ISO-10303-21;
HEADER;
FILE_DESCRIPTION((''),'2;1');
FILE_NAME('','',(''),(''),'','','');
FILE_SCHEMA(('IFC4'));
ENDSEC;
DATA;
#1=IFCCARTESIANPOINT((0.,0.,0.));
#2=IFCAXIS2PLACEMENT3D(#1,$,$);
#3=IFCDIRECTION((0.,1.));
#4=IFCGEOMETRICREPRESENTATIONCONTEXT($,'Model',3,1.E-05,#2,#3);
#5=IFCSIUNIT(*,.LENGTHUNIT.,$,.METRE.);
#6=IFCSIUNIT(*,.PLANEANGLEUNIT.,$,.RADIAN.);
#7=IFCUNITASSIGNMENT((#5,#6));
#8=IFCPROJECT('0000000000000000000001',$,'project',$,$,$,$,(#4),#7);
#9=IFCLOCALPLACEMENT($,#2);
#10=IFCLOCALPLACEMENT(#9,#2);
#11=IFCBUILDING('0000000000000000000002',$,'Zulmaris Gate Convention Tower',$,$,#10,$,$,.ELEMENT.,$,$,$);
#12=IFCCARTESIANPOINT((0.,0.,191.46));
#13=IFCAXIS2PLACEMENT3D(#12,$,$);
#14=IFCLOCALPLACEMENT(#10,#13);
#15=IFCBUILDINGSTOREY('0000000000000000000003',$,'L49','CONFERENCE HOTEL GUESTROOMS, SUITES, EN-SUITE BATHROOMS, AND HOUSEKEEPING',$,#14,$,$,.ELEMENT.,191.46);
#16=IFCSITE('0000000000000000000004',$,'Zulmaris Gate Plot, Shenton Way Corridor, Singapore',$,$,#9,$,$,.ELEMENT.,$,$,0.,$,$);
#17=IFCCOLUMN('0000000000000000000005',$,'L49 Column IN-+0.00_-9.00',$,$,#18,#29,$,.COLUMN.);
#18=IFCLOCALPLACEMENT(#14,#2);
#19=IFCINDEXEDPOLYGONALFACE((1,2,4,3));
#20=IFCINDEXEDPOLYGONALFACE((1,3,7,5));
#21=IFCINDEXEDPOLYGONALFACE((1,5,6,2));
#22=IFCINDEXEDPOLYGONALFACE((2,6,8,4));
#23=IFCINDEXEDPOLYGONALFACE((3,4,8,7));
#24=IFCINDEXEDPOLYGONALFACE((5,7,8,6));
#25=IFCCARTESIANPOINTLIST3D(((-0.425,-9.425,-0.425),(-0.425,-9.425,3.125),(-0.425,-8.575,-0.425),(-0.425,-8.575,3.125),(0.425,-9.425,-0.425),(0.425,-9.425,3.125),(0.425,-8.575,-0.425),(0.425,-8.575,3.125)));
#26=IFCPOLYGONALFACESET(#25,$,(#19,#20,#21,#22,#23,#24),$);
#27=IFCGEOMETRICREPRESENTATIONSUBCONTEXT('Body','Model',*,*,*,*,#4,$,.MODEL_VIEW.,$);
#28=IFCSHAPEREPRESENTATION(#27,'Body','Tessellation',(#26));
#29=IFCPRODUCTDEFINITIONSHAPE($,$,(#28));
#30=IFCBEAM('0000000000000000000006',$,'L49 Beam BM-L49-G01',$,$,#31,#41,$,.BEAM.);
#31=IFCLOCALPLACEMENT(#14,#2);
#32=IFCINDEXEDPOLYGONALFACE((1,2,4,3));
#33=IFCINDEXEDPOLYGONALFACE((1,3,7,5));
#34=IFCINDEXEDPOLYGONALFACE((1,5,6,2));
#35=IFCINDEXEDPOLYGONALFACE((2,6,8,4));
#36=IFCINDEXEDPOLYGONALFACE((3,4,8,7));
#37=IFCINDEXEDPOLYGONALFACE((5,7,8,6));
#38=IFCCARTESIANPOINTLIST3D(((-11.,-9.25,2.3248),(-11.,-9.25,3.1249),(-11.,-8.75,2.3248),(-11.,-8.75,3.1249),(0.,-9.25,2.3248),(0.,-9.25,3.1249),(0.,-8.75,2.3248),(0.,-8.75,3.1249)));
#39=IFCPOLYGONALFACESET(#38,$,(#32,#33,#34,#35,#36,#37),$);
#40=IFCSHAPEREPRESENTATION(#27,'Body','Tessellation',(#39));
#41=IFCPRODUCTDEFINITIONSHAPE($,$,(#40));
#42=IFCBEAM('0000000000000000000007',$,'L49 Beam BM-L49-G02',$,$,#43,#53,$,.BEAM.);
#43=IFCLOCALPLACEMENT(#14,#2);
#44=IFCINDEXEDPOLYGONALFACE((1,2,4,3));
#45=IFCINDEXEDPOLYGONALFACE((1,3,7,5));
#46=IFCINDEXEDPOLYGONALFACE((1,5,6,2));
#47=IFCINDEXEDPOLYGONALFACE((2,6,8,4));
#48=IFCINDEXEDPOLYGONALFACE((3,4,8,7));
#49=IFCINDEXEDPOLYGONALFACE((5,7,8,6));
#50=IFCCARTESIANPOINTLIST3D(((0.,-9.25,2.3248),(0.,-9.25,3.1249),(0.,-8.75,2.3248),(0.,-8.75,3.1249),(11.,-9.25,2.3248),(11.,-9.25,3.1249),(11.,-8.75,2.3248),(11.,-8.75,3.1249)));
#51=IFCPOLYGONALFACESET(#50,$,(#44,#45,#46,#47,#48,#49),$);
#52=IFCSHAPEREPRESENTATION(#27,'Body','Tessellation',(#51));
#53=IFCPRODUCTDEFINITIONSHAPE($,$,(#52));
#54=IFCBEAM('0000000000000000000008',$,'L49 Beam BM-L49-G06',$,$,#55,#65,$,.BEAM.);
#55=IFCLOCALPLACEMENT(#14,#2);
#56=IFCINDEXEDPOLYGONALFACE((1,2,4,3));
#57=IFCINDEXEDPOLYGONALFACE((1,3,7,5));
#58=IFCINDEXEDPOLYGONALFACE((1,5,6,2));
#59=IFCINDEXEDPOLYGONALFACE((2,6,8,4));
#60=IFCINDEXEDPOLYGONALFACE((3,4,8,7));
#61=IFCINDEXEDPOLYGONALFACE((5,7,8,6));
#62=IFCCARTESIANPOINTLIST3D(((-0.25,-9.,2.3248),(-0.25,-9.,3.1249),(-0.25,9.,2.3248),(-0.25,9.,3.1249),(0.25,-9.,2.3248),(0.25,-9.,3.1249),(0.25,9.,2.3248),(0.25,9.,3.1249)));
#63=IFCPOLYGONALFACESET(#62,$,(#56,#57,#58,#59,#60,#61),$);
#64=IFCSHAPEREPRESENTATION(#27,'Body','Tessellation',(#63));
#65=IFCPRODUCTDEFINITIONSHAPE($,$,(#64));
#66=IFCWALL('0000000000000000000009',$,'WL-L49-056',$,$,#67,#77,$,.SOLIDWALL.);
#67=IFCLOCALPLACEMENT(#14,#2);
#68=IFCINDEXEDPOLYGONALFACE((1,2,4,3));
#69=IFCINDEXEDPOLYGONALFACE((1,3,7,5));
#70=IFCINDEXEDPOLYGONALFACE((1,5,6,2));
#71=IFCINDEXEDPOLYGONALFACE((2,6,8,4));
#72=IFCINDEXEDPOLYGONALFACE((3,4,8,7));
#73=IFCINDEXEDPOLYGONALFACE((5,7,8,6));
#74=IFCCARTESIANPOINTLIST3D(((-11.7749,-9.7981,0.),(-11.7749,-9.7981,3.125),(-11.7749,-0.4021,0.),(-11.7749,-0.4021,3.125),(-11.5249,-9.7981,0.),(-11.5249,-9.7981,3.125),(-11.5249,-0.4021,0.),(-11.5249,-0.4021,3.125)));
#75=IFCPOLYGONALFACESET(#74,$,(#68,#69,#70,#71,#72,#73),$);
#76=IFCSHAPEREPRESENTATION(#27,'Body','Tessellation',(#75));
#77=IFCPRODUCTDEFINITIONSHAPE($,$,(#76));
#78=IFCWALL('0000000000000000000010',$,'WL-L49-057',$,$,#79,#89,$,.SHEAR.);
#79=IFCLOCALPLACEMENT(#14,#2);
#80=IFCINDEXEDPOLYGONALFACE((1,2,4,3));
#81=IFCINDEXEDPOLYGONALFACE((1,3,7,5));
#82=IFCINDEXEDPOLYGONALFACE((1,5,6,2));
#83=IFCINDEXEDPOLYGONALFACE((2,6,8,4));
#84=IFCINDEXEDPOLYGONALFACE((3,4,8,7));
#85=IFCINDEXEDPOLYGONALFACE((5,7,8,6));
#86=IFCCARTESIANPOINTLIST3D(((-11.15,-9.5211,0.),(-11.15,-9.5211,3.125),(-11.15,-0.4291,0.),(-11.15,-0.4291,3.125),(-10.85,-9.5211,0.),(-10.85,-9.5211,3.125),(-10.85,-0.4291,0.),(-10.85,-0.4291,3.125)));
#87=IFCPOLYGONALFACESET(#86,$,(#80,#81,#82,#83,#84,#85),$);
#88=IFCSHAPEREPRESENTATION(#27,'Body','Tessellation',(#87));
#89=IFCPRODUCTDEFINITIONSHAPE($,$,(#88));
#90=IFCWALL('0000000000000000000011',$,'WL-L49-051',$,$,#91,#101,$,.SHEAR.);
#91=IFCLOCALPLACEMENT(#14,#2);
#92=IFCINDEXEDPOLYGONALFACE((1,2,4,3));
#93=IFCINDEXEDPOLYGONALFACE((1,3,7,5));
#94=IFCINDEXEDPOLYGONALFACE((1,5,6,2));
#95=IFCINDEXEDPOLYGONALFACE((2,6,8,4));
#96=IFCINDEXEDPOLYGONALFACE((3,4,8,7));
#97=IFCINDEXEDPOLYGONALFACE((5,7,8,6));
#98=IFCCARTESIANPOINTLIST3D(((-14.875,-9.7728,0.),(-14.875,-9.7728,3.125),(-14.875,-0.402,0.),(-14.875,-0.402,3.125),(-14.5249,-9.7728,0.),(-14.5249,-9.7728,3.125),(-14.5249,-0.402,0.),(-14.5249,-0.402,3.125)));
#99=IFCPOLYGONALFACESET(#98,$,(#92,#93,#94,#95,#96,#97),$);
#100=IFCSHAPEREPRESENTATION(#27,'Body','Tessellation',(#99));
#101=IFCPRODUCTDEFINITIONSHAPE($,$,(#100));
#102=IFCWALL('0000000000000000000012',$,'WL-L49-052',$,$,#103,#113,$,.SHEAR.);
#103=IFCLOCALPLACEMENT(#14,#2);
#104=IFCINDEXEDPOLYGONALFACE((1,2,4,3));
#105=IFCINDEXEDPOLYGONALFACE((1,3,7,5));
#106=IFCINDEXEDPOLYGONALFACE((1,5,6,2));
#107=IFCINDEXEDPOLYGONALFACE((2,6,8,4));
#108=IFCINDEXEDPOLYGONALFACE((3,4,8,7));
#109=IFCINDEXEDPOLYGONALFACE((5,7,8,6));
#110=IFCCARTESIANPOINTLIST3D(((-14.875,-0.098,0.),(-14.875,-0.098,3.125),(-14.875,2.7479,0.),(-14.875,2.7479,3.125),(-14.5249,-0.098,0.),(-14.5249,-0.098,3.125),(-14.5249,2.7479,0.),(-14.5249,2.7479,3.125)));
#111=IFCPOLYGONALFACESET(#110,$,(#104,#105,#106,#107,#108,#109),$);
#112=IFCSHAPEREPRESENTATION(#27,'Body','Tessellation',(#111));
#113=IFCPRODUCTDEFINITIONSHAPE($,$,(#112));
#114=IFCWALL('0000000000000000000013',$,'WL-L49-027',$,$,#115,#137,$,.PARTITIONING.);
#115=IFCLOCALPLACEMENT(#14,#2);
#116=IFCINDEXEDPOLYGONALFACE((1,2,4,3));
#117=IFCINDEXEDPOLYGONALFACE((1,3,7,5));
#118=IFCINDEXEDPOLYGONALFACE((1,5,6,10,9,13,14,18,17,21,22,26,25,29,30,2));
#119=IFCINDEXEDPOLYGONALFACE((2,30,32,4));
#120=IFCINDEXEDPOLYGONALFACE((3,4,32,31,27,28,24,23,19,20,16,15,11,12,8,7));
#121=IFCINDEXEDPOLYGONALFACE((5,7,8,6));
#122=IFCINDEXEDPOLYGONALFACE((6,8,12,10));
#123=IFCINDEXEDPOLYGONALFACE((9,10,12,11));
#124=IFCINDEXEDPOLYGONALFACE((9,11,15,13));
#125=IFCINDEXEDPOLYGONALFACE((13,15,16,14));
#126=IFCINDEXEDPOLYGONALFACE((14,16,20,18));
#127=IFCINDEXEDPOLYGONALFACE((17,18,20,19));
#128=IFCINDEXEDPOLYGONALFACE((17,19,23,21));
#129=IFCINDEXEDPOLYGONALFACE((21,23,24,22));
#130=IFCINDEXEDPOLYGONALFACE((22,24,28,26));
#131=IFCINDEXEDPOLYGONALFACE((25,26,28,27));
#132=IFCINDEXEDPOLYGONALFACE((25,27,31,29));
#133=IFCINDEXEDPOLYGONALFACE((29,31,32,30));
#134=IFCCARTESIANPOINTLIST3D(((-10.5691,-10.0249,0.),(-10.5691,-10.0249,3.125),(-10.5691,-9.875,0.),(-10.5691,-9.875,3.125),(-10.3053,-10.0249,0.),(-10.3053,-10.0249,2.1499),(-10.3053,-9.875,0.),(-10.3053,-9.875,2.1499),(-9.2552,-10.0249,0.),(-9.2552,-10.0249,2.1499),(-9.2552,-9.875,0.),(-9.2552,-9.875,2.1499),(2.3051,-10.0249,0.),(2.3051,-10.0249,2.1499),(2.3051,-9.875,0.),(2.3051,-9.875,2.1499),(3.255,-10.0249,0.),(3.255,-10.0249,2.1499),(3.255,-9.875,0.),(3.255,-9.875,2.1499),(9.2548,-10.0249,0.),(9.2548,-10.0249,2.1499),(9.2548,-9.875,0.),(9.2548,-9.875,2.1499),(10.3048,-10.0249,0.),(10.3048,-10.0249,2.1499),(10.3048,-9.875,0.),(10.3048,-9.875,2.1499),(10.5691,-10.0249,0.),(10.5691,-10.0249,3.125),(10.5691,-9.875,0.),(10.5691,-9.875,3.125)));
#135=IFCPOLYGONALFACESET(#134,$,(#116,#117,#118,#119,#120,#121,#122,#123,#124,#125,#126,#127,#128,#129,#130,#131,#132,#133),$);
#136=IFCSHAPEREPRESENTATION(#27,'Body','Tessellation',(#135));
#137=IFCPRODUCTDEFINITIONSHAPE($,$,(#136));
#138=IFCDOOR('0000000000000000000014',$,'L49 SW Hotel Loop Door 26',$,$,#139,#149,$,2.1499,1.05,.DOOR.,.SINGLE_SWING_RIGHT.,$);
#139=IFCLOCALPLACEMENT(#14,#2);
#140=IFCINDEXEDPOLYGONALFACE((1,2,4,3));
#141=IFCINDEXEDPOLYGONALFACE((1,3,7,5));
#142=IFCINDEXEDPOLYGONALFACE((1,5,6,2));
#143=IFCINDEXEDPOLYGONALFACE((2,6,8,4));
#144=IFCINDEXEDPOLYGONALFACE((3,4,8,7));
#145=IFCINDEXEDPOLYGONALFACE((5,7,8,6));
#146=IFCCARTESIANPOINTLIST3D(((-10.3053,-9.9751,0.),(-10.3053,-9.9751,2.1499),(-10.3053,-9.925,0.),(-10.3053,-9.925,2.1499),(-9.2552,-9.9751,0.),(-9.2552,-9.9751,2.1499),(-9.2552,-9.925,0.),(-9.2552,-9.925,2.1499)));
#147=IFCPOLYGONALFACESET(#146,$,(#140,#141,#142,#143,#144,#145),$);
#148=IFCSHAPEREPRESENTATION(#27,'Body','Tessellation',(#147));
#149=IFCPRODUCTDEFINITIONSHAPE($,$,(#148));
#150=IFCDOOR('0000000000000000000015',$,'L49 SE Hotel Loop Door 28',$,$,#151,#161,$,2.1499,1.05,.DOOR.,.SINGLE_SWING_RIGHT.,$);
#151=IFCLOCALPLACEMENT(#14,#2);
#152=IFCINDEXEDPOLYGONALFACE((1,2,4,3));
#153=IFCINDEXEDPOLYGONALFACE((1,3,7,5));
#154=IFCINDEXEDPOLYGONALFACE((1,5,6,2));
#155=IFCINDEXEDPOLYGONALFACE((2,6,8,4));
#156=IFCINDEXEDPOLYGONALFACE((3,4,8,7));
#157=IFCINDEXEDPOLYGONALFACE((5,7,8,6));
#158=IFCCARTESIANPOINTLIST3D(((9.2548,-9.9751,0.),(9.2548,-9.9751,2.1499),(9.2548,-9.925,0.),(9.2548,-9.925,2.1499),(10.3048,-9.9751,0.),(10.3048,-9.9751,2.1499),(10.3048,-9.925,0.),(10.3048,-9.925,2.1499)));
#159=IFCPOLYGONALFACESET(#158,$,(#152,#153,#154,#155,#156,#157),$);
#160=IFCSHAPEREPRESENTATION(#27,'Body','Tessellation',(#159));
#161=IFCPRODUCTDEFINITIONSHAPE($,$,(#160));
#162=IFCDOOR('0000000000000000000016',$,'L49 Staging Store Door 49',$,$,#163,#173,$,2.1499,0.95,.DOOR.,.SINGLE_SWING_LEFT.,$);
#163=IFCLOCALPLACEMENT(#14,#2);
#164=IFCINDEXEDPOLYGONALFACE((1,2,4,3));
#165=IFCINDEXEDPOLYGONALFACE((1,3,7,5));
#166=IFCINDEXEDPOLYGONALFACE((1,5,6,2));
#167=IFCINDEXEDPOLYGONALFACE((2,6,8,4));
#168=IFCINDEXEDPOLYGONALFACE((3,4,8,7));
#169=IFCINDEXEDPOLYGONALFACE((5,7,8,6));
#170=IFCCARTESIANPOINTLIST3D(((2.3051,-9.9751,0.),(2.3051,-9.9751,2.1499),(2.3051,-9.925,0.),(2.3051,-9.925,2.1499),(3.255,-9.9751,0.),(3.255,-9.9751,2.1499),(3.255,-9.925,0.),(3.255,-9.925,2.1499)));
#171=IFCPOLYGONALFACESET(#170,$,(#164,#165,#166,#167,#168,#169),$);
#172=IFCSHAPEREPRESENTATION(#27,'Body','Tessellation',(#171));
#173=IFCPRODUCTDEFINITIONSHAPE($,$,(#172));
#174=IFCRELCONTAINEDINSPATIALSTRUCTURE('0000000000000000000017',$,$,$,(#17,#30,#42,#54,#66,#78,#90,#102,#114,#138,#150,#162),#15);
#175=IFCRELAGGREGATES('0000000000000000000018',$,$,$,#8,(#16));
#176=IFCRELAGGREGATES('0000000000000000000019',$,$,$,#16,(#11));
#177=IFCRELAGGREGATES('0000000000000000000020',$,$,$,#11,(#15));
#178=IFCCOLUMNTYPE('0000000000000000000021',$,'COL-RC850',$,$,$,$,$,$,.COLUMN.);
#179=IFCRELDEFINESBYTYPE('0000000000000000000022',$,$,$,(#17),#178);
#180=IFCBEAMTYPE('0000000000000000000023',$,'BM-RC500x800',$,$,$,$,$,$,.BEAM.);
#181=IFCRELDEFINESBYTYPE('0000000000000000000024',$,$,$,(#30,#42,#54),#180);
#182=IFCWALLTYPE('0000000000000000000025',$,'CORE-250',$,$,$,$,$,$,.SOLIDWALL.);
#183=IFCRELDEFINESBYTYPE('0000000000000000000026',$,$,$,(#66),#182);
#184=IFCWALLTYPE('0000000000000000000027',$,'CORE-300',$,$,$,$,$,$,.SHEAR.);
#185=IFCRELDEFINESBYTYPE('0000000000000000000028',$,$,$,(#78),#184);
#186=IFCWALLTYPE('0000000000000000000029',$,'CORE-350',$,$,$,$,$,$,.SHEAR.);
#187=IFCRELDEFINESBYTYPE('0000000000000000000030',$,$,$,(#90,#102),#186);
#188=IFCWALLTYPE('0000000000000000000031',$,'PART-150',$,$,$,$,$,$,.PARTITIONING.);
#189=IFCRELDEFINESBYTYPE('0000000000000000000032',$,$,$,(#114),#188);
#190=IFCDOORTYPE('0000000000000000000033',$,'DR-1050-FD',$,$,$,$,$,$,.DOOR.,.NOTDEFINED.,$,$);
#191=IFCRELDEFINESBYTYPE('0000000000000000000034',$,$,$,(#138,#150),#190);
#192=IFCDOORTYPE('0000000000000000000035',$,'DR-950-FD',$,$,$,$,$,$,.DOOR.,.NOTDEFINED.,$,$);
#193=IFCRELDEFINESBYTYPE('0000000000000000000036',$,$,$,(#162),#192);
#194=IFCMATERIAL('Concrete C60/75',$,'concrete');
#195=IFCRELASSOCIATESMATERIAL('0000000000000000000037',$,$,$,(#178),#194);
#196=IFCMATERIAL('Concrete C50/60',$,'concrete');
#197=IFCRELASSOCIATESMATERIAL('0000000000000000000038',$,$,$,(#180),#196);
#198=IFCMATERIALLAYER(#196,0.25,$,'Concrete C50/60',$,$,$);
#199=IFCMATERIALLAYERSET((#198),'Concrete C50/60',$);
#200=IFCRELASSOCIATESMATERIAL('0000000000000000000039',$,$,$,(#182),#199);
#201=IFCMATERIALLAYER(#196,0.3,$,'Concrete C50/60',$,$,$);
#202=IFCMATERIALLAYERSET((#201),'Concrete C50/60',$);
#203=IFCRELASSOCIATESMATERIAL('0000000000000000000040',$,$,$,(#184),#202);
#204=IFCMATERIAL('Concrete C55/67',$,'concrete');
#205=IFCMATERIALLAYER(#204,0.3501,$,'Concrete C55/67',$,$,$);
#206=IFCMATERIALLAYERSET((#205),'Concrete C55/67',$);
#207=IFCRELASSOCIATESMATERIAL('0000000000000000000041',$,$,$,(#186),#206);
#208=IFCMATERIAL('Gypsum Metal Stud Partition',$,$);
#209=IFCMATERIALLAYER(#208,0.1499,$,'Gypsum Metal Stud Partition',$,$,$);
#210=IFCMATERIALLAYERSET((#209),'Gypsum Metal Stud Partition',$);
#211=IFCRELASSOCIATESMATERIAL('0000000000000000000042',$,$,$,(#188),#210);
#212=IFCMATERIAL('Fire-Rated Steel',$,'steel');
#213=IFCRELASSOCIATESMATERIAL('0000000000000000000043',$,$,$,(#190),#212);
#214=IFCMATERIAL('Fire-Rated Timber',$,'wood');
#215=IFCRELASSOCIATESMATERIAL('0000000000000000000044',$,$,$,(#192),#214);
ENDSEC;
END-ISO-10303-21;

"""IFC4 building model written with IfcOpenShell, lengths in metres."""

from ifc_helpers import new_model, si_unit, direction, frame, frame_2d, origin, origin_2d, place, context, subcontext, project, spatial, rectangle, extrude, material, layer, layer_set, material_profile, profile_set, type_object, element, fill, save


model = new_model("IFC4")

# Units and contexts
model_context = context("Model", 3, precision=1e-05, world=origin(), true_north=direction((0.0, 1.0)))
body_context = subcontext(model_context, "Body", "Model", "MODEL_VIEW")
ifc_project = project(units=[si_unit("LENGTHUNIT", "METRE"), si_unit("PLANEANGLEUNIT", "RADIAN")], contexts=[model_context])

# Site, building, storey
site_placement = place(None, origin())
site = spatial("IfcSite", under=ifc_project, at=site_placement, Name="Zulmaris Gate Plot, Shenton Way Corridor, Singapore", CompositionType="ELEMENT", RefElevation=0.0)
building_placement = place(site_placement, origin())
building = spatial("IfcBuilding", under=site, at=building_placement, Name="Zulmaris Gate Convention Tower", CompositionType="ELEMENT")
storey_placement = place(building_placement, frame((0.0, 0.0, 191.46)))
storey = spatial("IfcBuildingStorey", under=building, at=storey_placement, Name="L49", Description="CONFERENCE HOTEL GUESTROOMS, SUITES, EN-SUITE BATHROOMS, AND HOUSEKEEPING", CompositionType="ELEMENT", Elevation=191.46)

# Column
ifc_material_1 = material(Name="Concrete C60/75", Category="concrete")
ifc_material_profile_1 = material_profile(ifc_material_1, rectangle(XDim=0.8501, YDim=0.8501, at=origin_2d()), Name="RC COL 850x850")
ifc_profile_set_1 = profile_set([ifc_material_profile_1], Name="Concrete C60/75")
column_type = type_object("IfcColumnType", Name="COL-RC850", PredefinedType="COLUMN", material=ifc_profile_set_1)
column_placement = place(storey_placement, frame((0.0, -9.0, -0.425), z_axis=(0.0, 0.0, 1.0), x_axis=(1.0, 0.0, 0.0)))
element("IfcColumn", 1, at=column_placement, inside=storey, type_object=column_type, Name="L49 Column IN-+0.00_-9.00", PredefinedType="COLUMN", context=body_context, shape_type="SweptSolid", body=[
    extrude(rectangle(XDim=0.8501, YDim=0.8501, at=origin_2d()), origin(), (0.0, 0.0, 1.0), 3.55),
])

# Beams
ifc_material_2 = material(Name="Concrete C50/60", Category="concrete")
ifc_material_profile_2 = material_profile(ifc_material_2, rectangle(XDim=0.5, YDim=0.8, at=origin_2d()), Name="RC BEAM 500x800")
ifc_profile_set_2 = profile_set([ifc_material_profile_2], Name="Concrete C50/60")
beam_type = type_object("IfcBeamType", Name="BM-RC500x800", PredefinedType="BEAM", material=ifc_profile_set_2)
for number, where, z_axis, x_axis, name in (
    (2, (-11.0, -9.0, 2.7249), (1.0, 0.0, 0.0), (0.0, 1.0, 0.0), "L49 Beam BM-L49-G01"),
    (3, (0.0, -9.0, 2.7249), (1.0, 0.0, 0.0), (0.0, 1.0, 0.0), "L49 Beam BM-L49-G02"),
):
    element("IfcBeam", number, at=place(storey_placement, frame(where, z_axis=z_axis, x_axis=x_axis)), inside=storey, type_object=beam_type, Name=name, PredefinedType="BEAM", context=body_context, shape_type="SweptSolid", body=[
        extrude(rectangle(XDim=0.5, YDim=0.8, at=origin_2d()), origin(), (0.0, 0.0, 1.0), 11.0),
    ])
beam_placement = place(storey_placement, frame((0.0, -9.0, 2.7249), z_axis=(0.0, 1.0, 0.0), x_axis=(-1.0, 0.0, 0.0)))
element("IfcBeam", 4, at=beam_placement, inside=storey, type_object=beam_type, Name="L49 Beam BM-L49-G06", PredefinedType="BEAM", context=body_context, shape_type="SweptSolid", body=[
    extrude(rectangle(XDim=0.5, YDim=0.8, at=origin_2d()), origin(), (0.0, 0.0, 1.0), 18.0),
])

# Walls
ifc_layer_1 = layer(ifc_material_2, 0.25, Name="Concrete C50/60")
ifc_layer_set_1 = layer_set([ifc_layer_1], Name="Concrete C50/60")
wall_type_1 = type_object("IfcWallType", Name="CORE-250", PredefinedType="SOLIDWALL", material=ifc_layer_set_1)
wall_1_placement = place(storey_placement, frame((-11.6499, -9.7981, 0.0), z_axis=(0.0, 0.0, 1.0), x_axis=(0.0, 1.0, 0.0)))
element("IfcWall", 5, at=wall_1_placement, inside=storey, type_object=wall_type_1, Name="WL-L49-056", PredefinedType="SOLIDWALL", context=body_context, shape_type="SweptSolid", body=[
    extrude(rectangle(XDim=9.396, YDim=0.25, at=frame_2d((4.698, 0.0))), origin(), (0.0, 0.0, 1.0), 3.125),
])
ifc_layer_2 = layer(ifc_material_2, 0.3, Name="Concrete C50/60")
ifc_layer_set_2 = layer_set([ifc_layer_2], Name="Concrete C50/60")
wall_type_2 = type_object("IfcWallType", Name="CORE-300", PredefinedType="SHEAR", material=ifc_layer_set_2)
wall_2_placement = place(storey_placement, frame((-11.0, -9.521, 0.0), z_axis=(0.0, 0.0, 1.0), x_axis=(0.0, 1.0, 0.0)))
element("IfcWall", 6, at=wall_2_placement, inside=storey, type_object=wall_type_2, Name="WL-L49-057", PredefinedType="SHEAR", context=body_context, shape_type="SweptSolid", body=[
    extrude(rectangle(XDim=9.092, YDim=0.3, at=frame_2d((4.5459, 0.0))), origin(), (0.0, 0.0, 1.0), 3.125),
])
ifc_material_3 = material(Name="Concrete C55/67", Category="concrete")
ifc_layer_3 = layer(ifc_material_3, 0.3501, Name="Concrete C55/67")
ifc_layer_set_3 = layer_set([ifc_layer_3], Name="Concrete C55/67")
wall_type_3 = type_object("IfcWallType", Name="CORE-350", PredefinedType="SHEAR", material=ifc_layer_set_3)
wall_3_placement = place(storey_placement, frame((-14.7, -9.7729, 0.0), z_axis=(0.0, 0.0, 1.0), x_axis=(0.0, 1.0, 0.0)))
element("IfcWall", 7, at=wall_3_placement, inside=storey, type_object=wall_type_3, Name="WL-L49-051", PredefinedType="SHEAR", context=body_context, shape_type="SweptSolid", body=[
    extrude(rectangle(XDim=9.3708, YDim=0.3501, at=frame_2d((4.6855, 0.0))), origin(), (0.0, 0.0, 1.0), 3.125),
])
wall_4_placement = place(storey_placement, frame((-14.7, -0.0979, 0.0), z_axis=(0.0, 0.0, 1.0), x_axis=(0.0, 1.0, 0.0)))
element("IfcWall", 8, at=wall_4_placement, inside=storey, type_object=wall_type_3, Name="WL-L49-052", PredefinedType="SHEAR", context=body_context, shape_type="SweptSolid", body=[
    extrude(rectangle(XDim=2.8459, YDim=0.3501, at=frame_2d((1.4229, 0.0))), origin(), (0.0, 0.0, 1.0), 3.125),
])

# Wall, openings, doors
ifc_material_4 = material(Name="Gypsum Metal Stud Partition")
ifc_layer_4 = layer(ifc_material_4, 0.1499, Name="Gypsum Metal Stud Partition")
ifc_layer_set_4 = layer_set([ifc_layer_4], Name="Gypsum Metal Stud Partition")
wall_type_4 = type_object("IfcWallType", Name="PART-150", PredefinedType="PARTITIONING", material=ifc_layer_set_4)
wall_5_placement = place(storey_placement, frame((-10.5691, -9.95, 0.0), z_axis=(0.0, 0.0, 1.0), x_axis=(1.0, 0.0, 0.0)))
wall_5 = element("IfcWall", 9, at=wall_5_placement, inside=storey, type_object=wall_type_4, Name="WL-L49-027", PredefinedType="PARTITIONING", context=body_context, shape_type="SweptSolid", body=[
    extrude(rectangle(XDim=21.1382, YDim=0.1499, at=frame_2d((10.5691, 0.0))), origin(), (0.0, 0.0, 1.0), 3.125),
])
opening_1_placement = place(wall_5_placement, frame((0.2639, 0.0, 0.0)))
opening_1 = element("IfcOpeningElement", 10, at=opening_1_placement, cuts=wall_5, PredefinedType="OPENING", context=body_context, shape_type="SweptSolid", body=[
    extrude(rectangle(XDim=1.05, YDim=2.1499, at=frame_2d((0.5249, 1.075))), frame((0.0, 0.085, 0.0), z_axis=(0.0, -1.0, 0.0), x_axis=(1.0, 0.0, 0.0)), (0.0, 0.0, 1.0), 0.1699),
])
opening_2_placement = place(wall_5_placement, frame((19.824, 0.0, 0.0)))
opening_2 = element("IfcOpeningElement", 11, at=opening_2_placement, cuts=wall_5, PredefinedType="OPENING", context=body_context, shape_type="SweptSolid", body=[
    extrude(rectangle(XDim=1.05, YDim=2.1499, at=frame_2d((0.5249, 1.075))), frame((0.0, 0.085, 0.0), z_axis=(0.0, -1.0, 0.0), x_axis=(1.0, 0.0, 0.0)), (0.0, 0.0, 1.0), 0.1699),
])
opening_3_placement = place(wall_5_placement, frame((12.874, 0.0, 0.0)))
opening_3 = element("IfcOpeningElement", 12, at=opening_3_placement, cuts=wall_5, PredefinedType="OPENING", context=body_context, shape_type="SweptSolid", body=[
    extrude(rectangle(XDim=0.95, YDim=2.1499, at=frame_2d((0.4751, 1.075))), frame((0.0, 0.085, 0.0), z_axis=(0.0, -1.0, 0.0), x_axis=(1.0, 0.0, 0.0)), (0.0, 0.0, 1.0), 0.1699),
])
ifc_material_5 = material(Name="Fire-Rated Steel", Category="steel")
door_type_1 = type_object("IfcDoorType", Name="DR-1050-FD", OperationType="NOTDEFINED", PredefinedType="DOOR", material=ifc_material_5)
door_1_placement = place(opening_1_placement, origin())
door_1 = element("IfcDoor", 13, at=door_1_placement, inside=storey, type_object=door_type_1, Name="L49 SW Hotel Loop Door 26", OperationType="SINGLE_SWING_RIGHT", OverallHeight=2.1499, OverallWidth=1.05, PredefinedType="DOOR", context=body_context, shape_type="SweptSolid", body=[
    extrude(rectangle(XDim=1.05, YDim=2.1499, at=frame_2d((0.5249, 1.075))), frame((0.0, 0.0249, 0.0), z_axis=(0.0, -1.0, 0.0), x_axis=(1.0, 0.0, 0.0)), (0.0, 0.0, 1.0), 0.05),
])
fill(opening_1, door_1)
door_2_placement = place(opening_2_placement, origin())
door_2 = element("IfcDoor", 14, at=door_2_placement, inside=storey, type_object=door_type_1, Name="L49 SE Hotel Loop Door 28", OperationType="SINGLE_SWING_RIGHT", OverallHeight=2.1499, OverallWidth=1.05, PredefinedType="DOOR", context=body_context, shape_type="SweptSolid", body=[
    extrude(rectangle(XDim=1.05, YDim=2.1499, at=frame_2d((0.5249, 1.075))), frame((0.0, 0.0249, 0.0), z_axis=(0.0, -1.0, 0.0), x_axis=(1.0, 0.0, 0.0)), (0.0, 0.0, 1.0), 0.05),
])
fill(opening_2, door_2)
ifc_material_6 = material(Name="Fire-Rated Timber", Category="wood")
door_type_2 = type_object("IfcDoorType", Name="DR-950-FD", OperationType="NOTDEFINED", PredefinedType="DOOR", material=ifc_material_6)
door_3_placement = place(opening_3_placement, origin())
door_3 = element("IfcDoor", 15, at=door_3_placement, inside=storey, type_object=door_type_2, Name="L49 Staging Store Door 49", OperationType="SINGLE_SWING_LEFT", OverallHeight=2.1499, OverallWidth=0.95, PredefinedType="DOOR", context=body_context, shape_type="SweptSolid", body=[
    extrude(rectangle(XDim=0.95, YDim=2.1499, at=frame_2d((0.4751, 1.075))), frame((0.0, 0.0249, 0.0), z_axis=(0.0, -1.0, 0.0), x_axis=(1.0, 0.0, 0.0)), (0.0, 0.0, 1.0), 0.05),
])
fill(opening_3, door_3)

save(model, "model.ifc")
